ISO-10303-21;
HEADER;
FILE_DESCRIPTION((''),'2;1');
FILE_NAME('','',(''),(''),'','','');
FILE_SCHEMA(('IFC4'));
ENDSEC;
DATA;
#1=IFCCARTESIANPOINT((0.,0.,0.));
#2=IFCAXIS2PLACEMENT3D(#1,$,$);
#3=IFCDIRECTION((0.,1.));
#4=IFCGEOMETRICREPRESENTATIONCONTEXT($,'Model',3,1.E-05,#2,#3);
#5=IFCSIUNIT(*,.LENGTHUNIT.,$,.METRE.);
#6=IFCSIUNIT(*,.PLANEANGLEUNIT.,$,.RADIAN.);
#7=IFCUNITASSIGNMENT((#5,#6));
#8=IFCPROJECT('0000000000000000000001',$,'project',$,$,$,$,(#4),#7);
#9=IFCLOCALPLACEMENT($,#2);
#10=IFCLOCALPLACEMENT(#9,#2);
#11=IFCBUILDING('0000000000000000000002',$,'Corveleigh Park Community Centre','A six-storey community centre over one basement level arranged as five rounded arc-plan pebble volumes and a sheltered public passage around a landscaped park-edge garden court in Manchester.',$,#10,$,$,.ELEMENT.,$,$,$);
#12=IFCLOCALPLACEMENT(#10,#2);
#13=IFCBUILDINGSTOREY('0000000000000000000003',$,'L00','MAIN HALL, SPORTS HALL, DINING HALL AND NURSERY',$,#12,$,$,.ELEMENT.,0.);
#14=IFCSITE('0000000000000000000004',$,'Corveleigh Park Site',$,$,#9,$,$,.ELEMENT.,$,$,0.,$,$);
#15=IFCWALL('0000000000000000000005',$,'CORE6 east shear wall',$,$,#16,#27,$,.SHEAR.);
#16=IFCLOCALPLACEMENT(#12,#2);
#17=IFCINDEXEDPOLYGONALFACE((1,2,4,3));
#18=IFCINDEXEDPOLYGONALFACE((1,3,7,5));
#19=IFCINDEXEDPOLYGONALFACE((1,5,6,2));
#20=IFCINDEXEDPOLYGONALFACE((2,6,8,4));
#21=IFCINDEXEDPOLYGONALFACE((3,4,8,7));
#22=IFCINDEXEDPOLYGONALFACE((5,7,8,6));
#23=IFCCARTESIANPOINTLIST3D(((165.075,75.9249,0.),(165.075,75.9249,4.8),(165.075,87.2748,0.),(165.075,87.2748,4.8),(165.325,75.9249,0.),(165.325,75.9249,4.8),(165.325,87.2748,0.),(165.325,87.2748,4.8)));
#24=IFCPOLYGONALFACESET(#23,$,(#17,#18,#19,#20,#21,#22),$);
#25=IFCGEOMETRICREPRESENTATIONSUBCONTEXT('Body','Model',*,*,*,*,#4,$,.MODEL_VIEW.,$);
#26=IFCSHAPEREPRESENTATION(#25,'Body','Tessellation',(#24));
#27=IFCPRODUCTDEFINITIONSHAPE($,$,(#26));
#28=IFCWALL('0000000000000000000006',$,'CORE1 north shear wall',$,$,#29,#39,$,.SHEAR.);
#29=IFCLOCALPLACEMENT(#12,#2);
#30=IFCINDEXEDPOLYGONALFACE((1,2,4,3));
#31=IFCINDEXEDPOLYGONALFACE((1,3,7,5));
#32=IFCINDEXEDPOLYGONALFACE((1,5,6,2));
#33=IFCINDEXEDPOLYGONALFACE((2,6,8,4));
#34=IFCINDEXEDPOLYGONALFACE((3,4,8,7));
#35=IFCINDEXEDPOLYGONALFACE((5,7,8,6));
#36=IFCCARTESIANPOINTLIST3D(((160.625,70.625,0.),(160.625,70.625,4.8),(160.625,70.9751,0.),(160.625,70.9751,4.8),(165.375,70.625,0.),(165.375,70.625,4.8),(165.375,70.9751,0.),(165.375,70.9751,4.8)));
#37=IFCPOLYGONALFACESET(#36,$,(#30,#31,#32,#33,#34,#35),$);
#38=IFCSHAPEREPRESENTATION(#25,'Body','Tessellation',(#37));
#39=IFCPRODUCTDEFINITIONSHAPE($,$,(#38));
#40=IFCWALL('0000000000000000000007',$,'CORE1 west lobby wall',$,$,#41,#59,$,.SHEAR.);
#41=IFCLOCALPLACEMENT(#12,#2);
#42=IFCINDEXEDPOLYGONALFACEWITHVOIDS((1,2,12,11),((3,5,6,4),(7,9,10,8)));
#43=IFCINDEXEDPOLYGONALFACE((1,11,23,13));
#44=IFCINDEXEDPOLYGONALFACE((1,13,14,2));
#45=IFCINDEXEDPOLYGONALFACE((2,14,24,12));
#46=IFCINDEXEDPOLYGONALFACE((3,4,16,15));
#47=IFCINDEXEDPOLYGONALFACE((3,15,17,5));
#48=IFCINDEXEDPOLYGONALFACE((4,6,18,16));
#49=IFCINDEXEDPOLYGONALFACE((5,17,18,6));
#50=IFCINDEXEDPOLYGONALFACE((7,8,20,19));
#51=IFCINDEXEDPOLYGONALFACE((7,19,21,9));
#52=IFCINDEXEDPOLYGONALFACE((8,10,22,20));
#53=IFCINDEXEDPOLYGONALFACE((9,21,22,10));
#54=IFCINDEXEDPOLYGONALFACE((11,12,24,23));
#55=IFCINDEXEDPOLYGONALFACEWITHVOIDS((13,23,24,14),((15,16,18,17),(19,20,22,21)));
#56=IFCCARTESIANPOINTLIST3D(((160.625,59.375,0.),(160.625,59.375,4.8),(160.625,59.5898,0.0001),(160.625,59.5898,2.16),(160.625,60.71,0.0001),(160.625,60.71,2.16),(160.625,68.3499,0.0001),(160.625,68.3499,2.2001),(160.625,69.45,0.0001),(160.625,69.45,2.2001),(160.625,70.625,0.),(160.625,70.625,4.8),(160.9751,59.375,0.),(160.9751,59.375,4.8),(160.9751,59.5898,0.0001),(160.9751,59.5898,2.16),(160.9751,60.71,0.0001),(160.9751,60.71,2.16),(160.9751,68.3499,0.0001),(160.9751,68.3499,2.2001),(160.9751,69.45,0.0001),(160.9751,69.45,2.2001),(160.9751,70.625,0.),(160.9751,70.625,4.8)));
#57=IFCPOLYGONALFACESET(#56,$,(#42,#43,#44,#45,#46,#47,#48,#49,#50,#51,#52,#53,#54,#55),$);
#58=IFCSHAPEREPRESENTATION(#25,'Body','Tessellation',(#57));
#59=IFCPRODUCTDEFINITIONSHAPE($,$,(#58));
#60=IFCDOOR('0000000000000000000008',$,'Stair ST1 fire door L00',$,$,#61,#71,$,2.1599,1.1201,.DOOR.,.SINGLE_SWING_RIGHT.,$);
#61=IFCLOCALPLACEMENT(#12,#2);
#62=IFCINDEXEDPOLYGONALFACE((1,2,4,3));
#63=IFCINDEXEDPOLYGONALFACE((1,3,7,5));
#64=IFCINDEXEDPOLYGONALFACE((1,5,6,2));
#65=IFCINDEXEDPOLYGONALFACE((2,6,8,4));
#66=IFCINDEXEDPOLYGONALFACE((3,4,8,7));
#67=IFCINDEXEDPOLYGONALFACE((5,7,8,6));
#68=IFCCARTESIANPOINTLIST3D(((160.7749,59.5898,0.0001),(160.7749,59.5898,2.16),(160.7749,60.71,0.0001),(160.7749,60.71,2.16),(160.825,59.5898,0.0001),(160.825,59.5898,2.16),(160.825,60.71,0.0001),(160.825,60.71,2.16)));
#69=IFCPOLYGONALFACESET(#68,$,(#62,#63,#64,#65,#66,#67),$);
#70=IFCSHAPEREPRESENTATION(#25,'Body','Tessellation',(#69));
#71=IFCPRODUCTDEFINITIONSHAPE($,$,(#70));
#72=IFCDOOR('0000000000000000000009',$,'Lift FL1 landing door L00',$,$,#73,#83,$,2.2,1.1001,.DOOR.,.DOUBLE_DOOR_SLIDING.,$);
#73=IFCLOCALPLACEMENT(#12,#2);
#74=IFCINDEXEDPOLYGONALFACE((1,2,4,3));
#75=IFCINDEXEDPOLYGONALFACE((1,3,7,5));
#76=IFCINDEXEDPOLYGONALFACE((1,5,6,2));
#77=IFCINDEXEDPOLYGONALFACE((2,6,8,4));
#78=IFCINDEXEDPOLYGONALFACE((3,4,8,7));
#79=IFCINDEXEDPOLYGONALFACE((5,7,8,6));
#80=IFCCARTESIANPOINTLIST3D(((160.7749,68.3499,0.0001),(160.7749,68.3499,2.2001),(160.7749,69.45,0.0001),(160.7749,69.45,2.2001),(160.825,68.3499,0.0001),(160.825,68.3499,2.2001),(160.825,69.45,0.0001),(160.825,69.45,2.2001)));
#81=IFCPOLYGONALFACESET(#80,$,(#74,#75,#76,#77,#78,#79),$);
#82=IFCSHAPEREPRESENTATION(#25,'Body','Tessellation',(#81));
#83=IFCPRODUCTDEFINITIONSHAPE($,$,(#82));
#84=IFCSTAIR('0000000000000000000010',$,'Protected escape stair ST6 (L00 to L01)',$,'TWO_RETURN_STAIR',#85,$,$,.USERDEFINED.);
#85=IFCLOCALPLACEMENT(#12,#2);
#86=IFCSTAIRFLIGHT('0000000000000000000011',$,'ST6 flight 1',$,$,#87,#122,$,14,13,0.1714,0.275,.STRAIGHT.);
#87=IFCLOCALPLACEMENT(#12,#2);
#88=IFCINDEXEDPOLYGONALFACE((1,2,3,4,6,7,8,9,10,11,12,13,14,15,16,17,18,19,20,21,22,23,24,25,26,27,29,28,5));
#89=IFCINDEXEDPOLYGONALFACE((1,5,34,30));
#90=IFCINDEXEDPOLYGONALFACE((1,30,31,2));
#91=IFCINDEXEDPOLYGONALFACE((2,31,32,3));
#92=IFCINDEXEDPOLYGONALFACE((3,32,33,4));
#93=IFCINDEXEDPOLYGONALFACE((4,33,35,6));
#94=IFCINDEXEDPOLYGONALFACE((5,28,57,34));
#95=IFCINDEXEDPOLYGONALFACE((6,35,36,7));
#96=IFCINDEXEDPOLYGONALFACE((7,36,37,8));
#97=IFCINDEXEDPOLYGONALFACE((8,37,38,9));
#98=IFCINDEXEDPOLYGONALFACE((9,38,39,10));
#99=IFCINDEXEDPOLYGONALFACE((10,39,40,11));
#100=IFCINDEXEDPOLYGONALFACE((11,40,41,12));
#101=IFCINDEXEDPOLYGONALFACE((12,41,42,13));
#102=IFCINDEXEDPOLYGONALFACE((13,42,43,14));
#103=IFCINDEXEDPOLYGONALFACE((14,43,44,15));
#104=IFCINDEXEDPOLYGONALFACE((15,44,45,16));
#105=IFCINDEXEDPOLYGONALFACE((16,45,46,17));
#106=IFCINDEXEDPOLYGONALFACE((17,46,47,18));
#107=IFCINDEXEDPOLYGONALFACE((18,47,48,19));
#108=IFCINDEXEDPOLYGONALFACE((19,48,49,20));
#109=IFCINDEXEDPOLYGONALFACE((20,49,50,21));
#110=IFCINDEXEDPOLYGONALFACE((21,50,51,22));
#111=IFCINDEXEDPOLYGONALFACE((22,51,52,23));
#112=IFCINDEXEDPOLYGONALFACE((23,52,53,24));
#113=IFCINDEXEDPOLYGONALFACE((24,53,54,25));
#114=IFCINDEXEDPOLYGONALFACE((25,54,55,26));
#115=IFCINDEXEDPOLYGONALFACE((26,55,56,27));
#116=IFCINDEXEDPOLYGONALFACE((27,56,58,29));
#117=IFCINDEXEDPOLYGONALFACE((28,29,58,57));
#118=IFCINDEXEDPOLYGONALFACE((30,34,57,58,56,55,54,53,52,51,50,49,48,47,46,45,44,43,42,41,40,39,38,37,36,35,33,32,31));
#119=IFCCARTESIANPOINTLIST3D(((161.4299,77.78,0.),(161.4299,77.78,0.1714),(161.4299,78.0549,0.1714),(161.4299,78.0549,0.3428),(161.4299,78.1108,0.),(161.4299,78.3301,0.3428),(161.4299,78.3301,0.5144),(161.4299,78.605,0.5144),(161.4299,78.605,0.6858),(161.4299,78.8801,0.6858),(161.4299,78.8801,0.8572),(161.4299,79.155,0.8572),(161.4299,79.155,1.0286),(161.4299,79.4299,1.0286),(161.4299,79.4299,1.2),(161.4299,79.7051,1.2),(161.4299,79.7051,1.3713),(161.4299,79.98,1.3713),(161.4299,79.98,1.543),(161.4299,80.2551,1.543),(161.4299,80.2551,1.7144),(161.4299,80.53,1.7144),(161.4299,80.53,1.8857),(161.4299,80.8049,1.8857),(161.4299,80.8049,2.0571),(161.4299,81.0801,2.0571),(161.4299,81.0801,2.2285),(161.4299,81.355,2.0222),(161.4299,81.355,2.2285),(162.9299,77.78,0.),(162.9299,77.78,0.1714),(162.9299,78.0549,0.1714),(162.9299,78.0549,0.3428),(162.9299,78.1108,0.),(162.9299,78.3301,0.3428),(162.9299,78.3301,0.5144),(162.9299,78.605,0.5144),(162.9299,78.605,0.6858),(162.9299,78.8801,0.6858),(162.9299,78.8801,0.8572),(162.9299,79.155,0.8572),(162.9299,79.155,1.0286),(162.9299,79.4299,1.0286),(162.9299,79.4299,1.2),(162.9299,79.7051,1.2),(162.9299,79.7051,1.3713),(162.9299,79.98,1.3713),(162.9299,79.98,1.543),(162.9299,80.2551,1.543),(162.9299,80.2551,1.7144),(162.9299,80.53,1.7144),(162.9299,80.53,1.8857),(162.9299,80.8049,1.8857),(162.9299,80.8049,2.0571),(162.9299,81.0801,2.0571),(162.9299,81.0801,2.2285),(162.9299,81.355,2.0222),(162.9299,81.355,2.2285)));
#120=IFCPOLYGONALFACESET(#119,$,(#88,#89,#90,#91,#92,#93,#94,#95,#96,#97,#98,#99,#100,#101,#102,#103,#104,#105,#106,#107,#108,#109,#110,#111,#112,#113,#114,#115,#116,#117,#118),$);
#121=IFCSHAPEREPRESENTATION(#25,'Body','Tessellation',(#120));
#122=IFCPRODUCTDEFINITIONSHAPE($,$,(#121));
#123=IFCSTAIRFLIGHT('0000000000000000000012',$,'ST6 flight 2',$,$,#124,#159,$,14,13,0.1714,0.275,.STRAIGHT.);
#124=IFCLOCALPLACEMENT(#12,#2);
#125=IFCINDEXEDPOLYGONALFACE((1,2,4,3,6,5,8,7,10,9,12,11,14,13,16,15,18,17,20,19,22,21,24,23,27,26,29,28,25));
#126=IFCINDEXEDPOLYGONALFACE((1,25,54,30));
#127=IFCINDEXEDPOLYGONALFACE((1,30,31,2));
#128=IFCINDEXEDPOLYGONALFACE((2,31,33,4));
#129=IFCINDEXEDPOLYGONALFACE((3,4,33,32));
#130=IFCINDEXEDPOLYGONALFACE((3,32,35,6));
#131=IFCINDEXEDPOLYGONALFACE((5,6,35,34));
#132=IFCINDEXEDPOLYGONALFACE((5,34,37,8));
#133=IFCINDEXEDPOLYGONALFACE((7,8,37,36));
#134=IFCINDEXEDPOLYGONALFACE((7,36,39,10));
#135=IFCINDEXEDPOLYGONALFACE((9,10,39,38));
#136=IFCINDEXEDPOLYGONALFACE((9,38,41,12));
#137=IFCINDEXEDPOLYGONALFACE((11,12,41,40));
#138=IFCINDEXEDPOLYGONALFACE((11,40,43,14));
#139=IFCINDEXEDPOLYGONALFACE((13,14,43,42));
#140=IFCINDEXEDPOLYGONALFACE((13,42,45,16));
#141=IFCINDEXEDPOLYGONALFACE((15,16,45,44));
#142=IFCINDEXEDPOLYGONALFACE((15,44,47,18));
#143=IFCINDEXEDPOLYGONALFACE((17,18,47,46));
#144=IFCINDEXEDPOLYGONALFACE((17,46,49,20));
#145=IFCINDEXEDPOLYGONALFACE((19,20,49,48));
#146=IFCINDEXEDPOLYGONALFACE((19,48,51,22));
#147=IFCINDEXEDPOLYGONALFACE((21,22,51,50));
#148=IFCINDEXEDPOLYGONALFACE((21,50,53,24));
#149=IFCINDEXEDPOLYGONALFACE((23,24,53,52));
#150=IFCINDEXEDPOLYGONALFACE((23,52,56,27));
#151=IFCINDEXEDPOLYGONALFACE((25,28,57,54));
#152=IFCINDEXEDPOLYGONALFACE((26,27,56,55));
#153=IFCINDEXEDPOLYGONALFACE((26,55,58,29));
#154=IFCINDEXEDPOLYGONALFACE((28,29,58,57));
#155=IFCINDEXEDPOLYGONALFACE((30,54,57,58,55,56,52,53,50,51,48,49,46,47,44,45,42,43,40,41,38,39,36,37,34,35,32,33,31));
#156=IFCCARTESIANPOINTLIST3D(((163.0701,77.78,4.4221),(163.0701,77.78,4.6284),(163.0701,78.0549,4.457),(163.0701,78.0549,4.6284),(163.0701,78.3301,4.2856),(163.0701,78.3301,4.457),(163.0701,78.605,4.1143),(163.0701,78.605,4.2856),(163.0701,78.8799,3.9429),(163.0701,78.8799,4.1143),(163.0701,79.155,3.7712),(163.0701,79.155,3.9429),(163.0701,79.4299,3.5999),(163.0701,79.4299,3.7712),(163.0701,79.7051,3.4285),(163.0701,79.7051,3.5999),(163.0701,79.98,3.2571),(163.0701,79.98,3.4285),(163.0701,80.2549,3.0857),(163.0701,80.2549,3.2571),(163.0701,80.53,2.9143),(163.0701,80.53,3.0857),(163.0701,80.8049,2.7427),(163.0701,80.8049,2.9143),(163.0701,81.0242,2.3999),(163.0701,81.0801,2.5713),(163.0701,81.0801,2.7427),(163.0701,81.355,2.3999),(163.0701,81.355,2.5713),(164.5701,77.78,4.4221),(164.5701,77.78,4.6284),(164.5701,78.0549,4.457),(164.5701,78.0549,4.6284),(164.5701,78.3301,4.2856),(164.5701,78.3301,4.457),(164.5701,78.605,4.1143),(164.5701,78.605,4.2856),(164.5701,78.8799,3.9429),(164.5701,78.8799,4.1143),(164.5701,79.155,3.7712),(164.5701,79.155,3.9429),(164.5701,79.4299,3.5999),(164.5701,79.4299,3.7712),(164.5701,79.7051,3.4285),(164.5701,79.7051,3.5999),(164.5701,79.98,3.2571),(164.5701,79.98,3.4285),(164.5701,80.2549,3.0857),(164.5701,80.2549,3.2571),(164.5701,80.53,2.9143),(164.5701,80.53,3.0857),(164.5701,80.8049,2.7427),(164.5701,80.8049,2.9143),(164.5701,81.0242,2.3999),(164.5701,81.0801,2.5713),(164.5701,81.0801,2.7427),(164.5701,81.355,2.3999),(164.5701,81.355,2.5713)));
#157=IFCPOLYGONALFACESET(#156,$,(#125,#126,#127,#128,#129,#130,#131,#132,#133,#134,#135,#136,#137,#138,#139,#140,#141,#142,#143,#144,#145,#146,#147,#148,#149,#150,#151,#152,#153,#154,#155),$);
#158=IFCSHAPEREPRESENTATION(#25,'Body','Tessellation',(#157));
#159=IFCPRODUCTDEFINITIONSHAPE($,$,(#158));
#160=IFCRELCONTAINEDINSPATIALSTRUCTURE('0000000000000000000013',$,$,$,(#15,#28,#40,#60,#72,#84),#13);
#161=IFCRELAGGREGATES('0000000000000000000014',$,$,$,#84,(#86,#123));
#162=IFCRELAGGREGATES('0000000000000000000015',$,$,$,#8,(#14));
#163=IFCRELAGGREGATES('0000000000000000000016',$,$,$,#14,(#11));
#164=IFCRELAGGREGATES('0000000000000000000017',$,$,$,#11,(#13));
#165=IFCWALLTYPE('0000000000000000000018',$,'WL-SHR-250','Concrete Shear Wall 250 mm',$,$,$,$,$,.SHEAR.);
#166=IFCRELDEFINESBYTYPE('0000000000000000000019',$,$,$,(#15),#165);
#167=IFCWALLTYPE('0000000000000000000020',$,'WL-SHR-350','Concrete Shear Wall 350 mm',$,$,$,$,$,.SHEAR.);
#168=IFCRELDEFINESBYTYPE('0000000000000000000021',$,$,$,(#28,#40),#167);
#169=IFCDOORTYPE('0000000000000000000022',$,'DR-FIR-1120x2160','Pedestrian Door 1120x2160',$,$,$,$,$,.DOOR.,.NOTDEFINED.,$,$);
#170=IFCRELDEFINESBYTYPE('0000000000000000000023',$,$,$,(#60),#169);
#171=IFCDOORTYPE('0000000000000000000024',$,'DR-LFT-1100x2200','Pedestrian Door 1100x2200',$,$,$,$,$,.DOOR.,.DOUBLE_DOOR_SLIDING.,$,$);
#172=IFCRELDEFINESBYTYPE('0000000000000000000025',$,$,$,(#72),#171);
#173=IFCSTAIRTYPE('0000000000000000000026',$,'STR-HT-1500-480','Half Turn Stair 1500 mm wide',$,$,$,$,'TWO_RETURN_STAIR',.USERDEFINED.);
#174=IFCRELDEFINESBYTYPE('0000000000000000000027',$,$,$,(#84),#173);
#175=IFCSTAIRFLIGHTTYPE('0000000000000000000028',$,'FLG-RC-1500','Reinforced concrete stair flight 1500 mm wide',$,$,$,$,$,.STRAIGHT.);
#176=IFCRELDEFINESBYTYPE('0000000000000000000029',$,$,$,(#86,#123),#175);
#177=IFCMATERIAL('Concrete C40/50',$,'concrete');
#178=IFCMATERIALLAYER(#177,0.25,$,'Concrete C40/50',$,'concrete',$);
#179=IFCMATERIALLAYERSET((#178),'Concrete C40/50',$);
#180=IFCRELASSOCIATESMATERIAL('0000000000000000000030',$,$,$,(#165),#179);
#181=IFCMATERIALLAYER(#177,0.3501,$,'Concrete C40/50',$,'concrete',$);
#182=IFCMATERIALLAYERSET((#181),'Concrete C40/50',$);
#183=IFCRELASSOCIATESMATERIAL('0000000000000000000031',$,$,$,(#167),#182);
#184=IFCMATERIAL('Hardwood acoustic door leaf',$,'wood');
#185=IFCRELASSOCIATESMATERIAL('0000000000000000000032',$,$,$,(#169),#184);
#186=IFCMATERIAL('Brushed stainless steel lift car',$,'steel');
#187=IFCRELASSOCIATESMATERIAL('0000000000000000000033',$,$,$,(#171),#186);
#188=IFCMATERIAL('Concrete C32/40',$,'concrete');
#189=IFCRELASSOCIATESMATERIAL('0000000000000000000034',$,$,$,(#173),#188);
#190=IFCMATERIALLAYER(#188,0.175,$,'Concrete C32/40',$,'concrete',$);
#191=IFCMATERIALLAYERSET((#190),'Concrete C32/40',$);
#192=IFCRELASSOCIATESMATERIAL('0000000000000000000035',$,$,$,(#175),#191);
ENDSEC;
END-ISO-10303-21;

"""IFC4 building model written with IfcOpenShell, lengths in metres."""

from ifc_helpers import new_model, si_unit, direction, frame, frame_2d, origin, place, context, subcontext, project, spatial, polyline, rectangle, outline, extrude, material, layer, layer_set, type_object, element, fill, aggregate, save


model = new_model("IFC4")

# Units and contexts
model_context = context("Model", 3, precision=1e-05, world=origin(), true_north=direction((0.0, 1.0)))
body_context = subcontext(model_context, "Body", "Model", "MODEL_VIEW")
ifc_project = project(units=[si_unit("LENGTHUNIT", "METRE"), si_unit("PLANEANGLEUNIT", "RADIAN")], contexts=[model_context])

# Site, building, storey
site_placement = place(None, origin())
site = spatial("IfcSite", under=ifc_project, at=site_placement, Name="Corveleigh Park Site", CompositionType="ELEMENT", RefElevation=0.0)
building_placement = place(site_placement, origin())
building = spatial("IfcBuilding", under=site, at=building_placement, Name="Corveleigh Park Community Centre", Description="A six-storey community centre over one basement level arranged as five rounded arc-plan pebble volumes and a sheltered public passage around a landscaped park-edge garden court in Manchester.", CompositionType="ELEMENT")
storey_placement = place(building_placement, origin())
storey = spatial("IfcBuildingStorey", under=building, at=storey_placement, Name="L00", Description="MAIN HALL, SPORTS HALL, DINING HALL AND NURSERY", CompositionType="ELEMENT", Elevation=0.0)

# Shared definitions
ifc_material_1 = material(Name="Concrete C40/50", Category="concrete")

# Walls
ifc_layer_1 = layer(ifc_material_1, 0.25, Name="Concrete C40/50", Category="concrete")
ifc_layer_set_1 = layer_set([ifc_layer_1], Name="Concrete C40/50")
wall_type_1 = type_object("IfcWallType", Name="WL-SHR-250", Description="Concrete Shear Wall 250 mm", PredefinedType="SHEAR", material=ifc_layer_set_1)
wall_1_placement = place(storey_placement, frame((165.2, 75.925, 0.0), z_axis=(0.0, 0.0, 1.0), x_axis=(0.0, 1.0, 0.0)))
element("IfcWall", 1, at=wall_1_placement, inside=storey, type_object=wall_type_1, Name="CORE6 east shear wall", PredefinedType="SHEAR", context=body_context, shape_type="SweptSolid", body=[
    extrude(rectangle(XDim=11.3499, YDim=0.25, at=frame_2d((5.6748, 0.0))), origin(), (0.0, 0.0, 1.0), 4.8),
])
ifc_layer_2 = layer(ifc_material_1, 0.3501, Name="Concrete C40/50", Category="concrete")
ifc_layer_set_2 = layer_set([ifc_layer_2], Name="Concrete C40/50")
wall_type_2 = type_object("IfcWallType", Name="WL-SHR-350", Description="Concrete Shear Wall 350 mm", PredefinedType="SHEAR", material=ifc_layer_set_2)
wall_2_placement = place(storey_placement, frame((165.375, 70.8, 0.0), z_axis=(0.0, 0.0, 1.0), x_axis=(-1.0, 0.0, 0.0)))
element("IfcWall", 2, at=wall_2_placement, inside=storey, type_object=wall_type_2, Name="CORE1 north shear wall", PredefinedType="SHEAR", context=body_context, shape_type="SweptSolid", body=[
    extrude(rectangle(XDim=4.75, YDim=0.3501, at=frame_2d((2.375, 0.0))), origin(), (0.0, 0.0, 1.0), 4.8),
])

# Wall, openings, doors
wall_3_placement = place(storey_placement, frame((160.8, 70.625, 0.0), z_axis=(0.0, 0.0, 1.0), x_axis=(0.0, -1.0, 0.0)))
wall_3 = element("IfcWall", 3, at=wall_3_placement, inside=storey, type_object=wall_type_2, Name="CORE1 west lobby wall", PredefinedType="SHEAR", context=body_context, shape_type="SweptSolid", body=[
    extrude(rectangle(XDim=11.25, YDim=0.3501, at=frame_2d((5.625, 0.0))), origin(), (0.0, 0.0, 1.0), 4.8),
])
opening_1_placement = place(wall_3_placement, frame((1.175, 0.0, 0.0)))
opening_1 = element("IfcOpeningElement", 4, at=opening_1_placement, cuts=wall_3, PredefinedType="OPENING", context=body_context, shape_type="SweptSolid", body=[
    extrude(rectangle(XDim=1.1001, YDim=2.2, at=frame_2d((0.55, 1.1001))), frame((0.0, 0.1851, 0.0), z_axis=(0.0, -1.0, 0.0), x_axis=(1.0, 0.0, 0.0)), (0.0, 0.0, 1.0), 0.3701),
])
opening_2_placement = place(wall_3_placement, frame((9.915, 0.0, 0.0)))
opening_2 = element("IfcOpeningElement", 5, at=opening_2_placement, cuts=wall_3, PredefinedType="OPENING", context=body_context, shape_type="SweptSolid", body=[
    extrude(rectangle(XDim=1.1201, YDim=2.1599, at=frame_2d((0.5601, 1.0801))), frame((0.0, 0.1851, 0.0), z_axis=(0.0, -1.0, 0.0), x_axis=(1.0, 0.0, 0.0)), (0.0, 0.0, 1.0), 0.3701),
])
ifc_material_2 = material(Name="Hardwood acoustic door leaf", Category="wood")
door_type_1 = type_object("IfcDoorType", Name="DR-FIR-1120x2160", Description="Pedestrian Door 1120x2160", OperationType="NOTDEFINED", PredefinedType="DOOR", material=ifc_material_2)
door_1_placement = place(opening_2_placement, origin())
door_1 = element("IfcDoor", 6, at=door_1_placement, inside=storey, type_object=door_type_1, Name="Stair ST1 fire door L00", OperationType="SINGLE_SWING_RIGHT", OverallHeight=2.1599, OverallWidth=1.1201, PredefinedType="DOOR", context=body_context, shape_type="SweptSolid", body=[
    extrude(rectangle(XDim=1.1201, YDim=2.1599, at=frame_2d((0.5601, 1.0801))), frame((0.0, 0.0249, 0.0), z_axis=(0.0, -1.0, 0.0), x_axis=(1.0, 0.0, 0.0)), (0.0, 0.0, 1.0), 0.05),
])
fill(opening_2, door_1)
ifc_material_3 = material(Name="Brushed stainless steel lift car", Category="steel")
door_type_2 = type_object("IfcDoorType", Name="DR-LFT-1100x2200", Description="Pedestrian Door 1100x2200", OperationType="DOUBLE_DOOR_SLIDING", PredefinedType="DOOR", material=ifc_material_3)
door_2_placement = place(opening_1_placement, origin())
door_2 = element("IfcDoor", 7, at=door_2_placement, inside=storey, type_object=door_type_2, Name="Lift FL1 landing door L00", OperationType="DOUBLE_DOOR_SLIDING", OverallHeight=2.2, OverallWidth=1.1001, PredefinedType="DOOR", context=body_context, shape_type="SweptSolid", body=[
    extrude(rectangle(XDim=1.1001, YDim=2.2, at=frame_2d((0.55, 1.1001))), frame((0.0, 0.0249, 0.0), z_axis=(0.0, -1.0, 0.0), x_axis=(1.0, 0.0, 0.0)), (0.0, 0.0, 1.0), 0.05),
])
fill(opening_1, door_2)

# Stair, stair flights
ifc_material_4 = material(Name="Concrete C32/40", Category="concrete")
stair_type = type_object("IfcStairType", Name="STR-HT-1500-480", Description="Half Turn Stair 1500 mm wide", ElementType="TWO_RETURN_STAIR", PredefinedType="USERDEFINED", material=ifc_material_4)
stair_placement = place(storey_placement, origin())
stair = element("IfcStair", 8, at=stair_placement, inside=storey, type_object=stair_type, Name="Protected escape stair ST6 (L00 to L01)", ObjectType="TWO_RETURN_STAIR", PredefinedType="USERDEFINED")
ifc_layer_3 = layer(ifc_material_4, 0.175, Name="Concrete C32/40", Category="concrete")
ifc_layer_set_3 = layer_set([ifc_layer_3], Name="Concrete C32/40")
stair_flight_type = type_object("IfcStairFlightType", Name="FLG-RC-1500", Description="Reinforced concrete stair flight 1500 mm wide", PredefinedType="STRAIGHT", material=ifc_layer_set_3)
stair_flight_1_placement = place(storey_placement, frame((162.1799, 77.78, 0.0), z_axis=(0.0, 0.0, 1.0), x_axis=(0.0, 1.0, 0.0)))
stair_flight_1 = element("IfcStairFlight", 9, at=stair_flight_1_placement, type_object=stair_flight_type, Name="ST6 flight 1", NumberOfRisers=14, NumberOfTreads=13, PredefinedType="STRAIGHT", RiserHeight=0.1714, TreadLength=0.275, context=body_context, shape_type="SweptSolid", body=[
    extrude(outline(polyline([(0.0, 0.0), (0.0, 0.1714), (0.2749, 0.1714), (0.2749, 0.3428), (0.55, 0.3428), (0.55, 0.5144), (0.825, 0.5144), (0.825, 0.6858), (1.1001, 0.6858), (1.1001, 0.8572), (1.375, 0.8572), (1.375, 1.0286), (1.6499, 1.0286), (1.6499, 1.2), (1.925, 1.2), (1.925, 1.3713), (2.2, 1.3713), (2.2, 1.543), (2.4751, 1.543), (2.4751, 1.7144), (2.75, 1.7144), (2.75, 1.8857), (3.0249, 1.8857), (3.0249, 2.0571), (3.3, 2.0571), (3.3, 2.2285), (3.575, 2.2285), (3.575, 2.3999), (3.575, 2.0222), (0.3308, 0.0), (0.0, 0.0)])), frame((0.0, 0.75, 0.0), z_axis=(0.0, -1.0, 0.0), x_axis=(1.0, 0.0, 0.0)), (0.0, 0.0, 1.0), 1.5),
])
stair_flight_2_placement = place(storey_placement, frame((163.8201, 81.355, 2.3999), z_axis=(0.0, 0.0, 1.0), x_axis=(0.0, -1.0, 0.0)))
stair_flight_2 = element("IfcStairFlight", 10, at=stair_flight_2_placement, type_object=stair_flight_type, Name="ST6 flight 2", NumberOfRisers=14, NumberOfTreads=13, PredefinedType="STRAIGHT", RiserHeight=0.1714, TreadLength=0.275, context=body_context, shape_type="SweptSolid", body=[
    extrude(outline(polyline([(0.0, 0.0), (0.0, 0.1714), (0.2749, 0.1714), (0.2749, 0.3428), (0.55, 0.3428), (0.55, 0.5144), (0.825, 0.5144), (0.825, 0.6858), (1.1001, 0.6858), (1.1001, 0.8572), (1.375, 0.8572), (1.375, 1.0286), (1.6499, 1.0286), (1.6499, 1.2), (1.925, 1.2), (1.925, 1.3713), (2.2, 1.3713), (2.2, 1.543), (2.4751, 1.543), (2.4751, 1.7144), (2.75, 1.7144), (2.75, 1.8857), (3.0249, 1.8857), (3.0249, 2.0571), (3.3, 2.0571), (3.3, 2.2285), (3.575, 2.2285), (3.575, 2.3999), (3.575, 2.0222), (0.3308, 0.0), (0.0, 0.0)])), frame((0.0, 0.75, 0.0), z_axis=(0.0, -1.0, 0.0), x_axis=(1.0, 0.0, 0.0)), (0.0, 0.0, 1.0), 1.5),
])
aggregate(stair, [stair_flight_1, stair_flight_2])

save(model, "model.ifc")
